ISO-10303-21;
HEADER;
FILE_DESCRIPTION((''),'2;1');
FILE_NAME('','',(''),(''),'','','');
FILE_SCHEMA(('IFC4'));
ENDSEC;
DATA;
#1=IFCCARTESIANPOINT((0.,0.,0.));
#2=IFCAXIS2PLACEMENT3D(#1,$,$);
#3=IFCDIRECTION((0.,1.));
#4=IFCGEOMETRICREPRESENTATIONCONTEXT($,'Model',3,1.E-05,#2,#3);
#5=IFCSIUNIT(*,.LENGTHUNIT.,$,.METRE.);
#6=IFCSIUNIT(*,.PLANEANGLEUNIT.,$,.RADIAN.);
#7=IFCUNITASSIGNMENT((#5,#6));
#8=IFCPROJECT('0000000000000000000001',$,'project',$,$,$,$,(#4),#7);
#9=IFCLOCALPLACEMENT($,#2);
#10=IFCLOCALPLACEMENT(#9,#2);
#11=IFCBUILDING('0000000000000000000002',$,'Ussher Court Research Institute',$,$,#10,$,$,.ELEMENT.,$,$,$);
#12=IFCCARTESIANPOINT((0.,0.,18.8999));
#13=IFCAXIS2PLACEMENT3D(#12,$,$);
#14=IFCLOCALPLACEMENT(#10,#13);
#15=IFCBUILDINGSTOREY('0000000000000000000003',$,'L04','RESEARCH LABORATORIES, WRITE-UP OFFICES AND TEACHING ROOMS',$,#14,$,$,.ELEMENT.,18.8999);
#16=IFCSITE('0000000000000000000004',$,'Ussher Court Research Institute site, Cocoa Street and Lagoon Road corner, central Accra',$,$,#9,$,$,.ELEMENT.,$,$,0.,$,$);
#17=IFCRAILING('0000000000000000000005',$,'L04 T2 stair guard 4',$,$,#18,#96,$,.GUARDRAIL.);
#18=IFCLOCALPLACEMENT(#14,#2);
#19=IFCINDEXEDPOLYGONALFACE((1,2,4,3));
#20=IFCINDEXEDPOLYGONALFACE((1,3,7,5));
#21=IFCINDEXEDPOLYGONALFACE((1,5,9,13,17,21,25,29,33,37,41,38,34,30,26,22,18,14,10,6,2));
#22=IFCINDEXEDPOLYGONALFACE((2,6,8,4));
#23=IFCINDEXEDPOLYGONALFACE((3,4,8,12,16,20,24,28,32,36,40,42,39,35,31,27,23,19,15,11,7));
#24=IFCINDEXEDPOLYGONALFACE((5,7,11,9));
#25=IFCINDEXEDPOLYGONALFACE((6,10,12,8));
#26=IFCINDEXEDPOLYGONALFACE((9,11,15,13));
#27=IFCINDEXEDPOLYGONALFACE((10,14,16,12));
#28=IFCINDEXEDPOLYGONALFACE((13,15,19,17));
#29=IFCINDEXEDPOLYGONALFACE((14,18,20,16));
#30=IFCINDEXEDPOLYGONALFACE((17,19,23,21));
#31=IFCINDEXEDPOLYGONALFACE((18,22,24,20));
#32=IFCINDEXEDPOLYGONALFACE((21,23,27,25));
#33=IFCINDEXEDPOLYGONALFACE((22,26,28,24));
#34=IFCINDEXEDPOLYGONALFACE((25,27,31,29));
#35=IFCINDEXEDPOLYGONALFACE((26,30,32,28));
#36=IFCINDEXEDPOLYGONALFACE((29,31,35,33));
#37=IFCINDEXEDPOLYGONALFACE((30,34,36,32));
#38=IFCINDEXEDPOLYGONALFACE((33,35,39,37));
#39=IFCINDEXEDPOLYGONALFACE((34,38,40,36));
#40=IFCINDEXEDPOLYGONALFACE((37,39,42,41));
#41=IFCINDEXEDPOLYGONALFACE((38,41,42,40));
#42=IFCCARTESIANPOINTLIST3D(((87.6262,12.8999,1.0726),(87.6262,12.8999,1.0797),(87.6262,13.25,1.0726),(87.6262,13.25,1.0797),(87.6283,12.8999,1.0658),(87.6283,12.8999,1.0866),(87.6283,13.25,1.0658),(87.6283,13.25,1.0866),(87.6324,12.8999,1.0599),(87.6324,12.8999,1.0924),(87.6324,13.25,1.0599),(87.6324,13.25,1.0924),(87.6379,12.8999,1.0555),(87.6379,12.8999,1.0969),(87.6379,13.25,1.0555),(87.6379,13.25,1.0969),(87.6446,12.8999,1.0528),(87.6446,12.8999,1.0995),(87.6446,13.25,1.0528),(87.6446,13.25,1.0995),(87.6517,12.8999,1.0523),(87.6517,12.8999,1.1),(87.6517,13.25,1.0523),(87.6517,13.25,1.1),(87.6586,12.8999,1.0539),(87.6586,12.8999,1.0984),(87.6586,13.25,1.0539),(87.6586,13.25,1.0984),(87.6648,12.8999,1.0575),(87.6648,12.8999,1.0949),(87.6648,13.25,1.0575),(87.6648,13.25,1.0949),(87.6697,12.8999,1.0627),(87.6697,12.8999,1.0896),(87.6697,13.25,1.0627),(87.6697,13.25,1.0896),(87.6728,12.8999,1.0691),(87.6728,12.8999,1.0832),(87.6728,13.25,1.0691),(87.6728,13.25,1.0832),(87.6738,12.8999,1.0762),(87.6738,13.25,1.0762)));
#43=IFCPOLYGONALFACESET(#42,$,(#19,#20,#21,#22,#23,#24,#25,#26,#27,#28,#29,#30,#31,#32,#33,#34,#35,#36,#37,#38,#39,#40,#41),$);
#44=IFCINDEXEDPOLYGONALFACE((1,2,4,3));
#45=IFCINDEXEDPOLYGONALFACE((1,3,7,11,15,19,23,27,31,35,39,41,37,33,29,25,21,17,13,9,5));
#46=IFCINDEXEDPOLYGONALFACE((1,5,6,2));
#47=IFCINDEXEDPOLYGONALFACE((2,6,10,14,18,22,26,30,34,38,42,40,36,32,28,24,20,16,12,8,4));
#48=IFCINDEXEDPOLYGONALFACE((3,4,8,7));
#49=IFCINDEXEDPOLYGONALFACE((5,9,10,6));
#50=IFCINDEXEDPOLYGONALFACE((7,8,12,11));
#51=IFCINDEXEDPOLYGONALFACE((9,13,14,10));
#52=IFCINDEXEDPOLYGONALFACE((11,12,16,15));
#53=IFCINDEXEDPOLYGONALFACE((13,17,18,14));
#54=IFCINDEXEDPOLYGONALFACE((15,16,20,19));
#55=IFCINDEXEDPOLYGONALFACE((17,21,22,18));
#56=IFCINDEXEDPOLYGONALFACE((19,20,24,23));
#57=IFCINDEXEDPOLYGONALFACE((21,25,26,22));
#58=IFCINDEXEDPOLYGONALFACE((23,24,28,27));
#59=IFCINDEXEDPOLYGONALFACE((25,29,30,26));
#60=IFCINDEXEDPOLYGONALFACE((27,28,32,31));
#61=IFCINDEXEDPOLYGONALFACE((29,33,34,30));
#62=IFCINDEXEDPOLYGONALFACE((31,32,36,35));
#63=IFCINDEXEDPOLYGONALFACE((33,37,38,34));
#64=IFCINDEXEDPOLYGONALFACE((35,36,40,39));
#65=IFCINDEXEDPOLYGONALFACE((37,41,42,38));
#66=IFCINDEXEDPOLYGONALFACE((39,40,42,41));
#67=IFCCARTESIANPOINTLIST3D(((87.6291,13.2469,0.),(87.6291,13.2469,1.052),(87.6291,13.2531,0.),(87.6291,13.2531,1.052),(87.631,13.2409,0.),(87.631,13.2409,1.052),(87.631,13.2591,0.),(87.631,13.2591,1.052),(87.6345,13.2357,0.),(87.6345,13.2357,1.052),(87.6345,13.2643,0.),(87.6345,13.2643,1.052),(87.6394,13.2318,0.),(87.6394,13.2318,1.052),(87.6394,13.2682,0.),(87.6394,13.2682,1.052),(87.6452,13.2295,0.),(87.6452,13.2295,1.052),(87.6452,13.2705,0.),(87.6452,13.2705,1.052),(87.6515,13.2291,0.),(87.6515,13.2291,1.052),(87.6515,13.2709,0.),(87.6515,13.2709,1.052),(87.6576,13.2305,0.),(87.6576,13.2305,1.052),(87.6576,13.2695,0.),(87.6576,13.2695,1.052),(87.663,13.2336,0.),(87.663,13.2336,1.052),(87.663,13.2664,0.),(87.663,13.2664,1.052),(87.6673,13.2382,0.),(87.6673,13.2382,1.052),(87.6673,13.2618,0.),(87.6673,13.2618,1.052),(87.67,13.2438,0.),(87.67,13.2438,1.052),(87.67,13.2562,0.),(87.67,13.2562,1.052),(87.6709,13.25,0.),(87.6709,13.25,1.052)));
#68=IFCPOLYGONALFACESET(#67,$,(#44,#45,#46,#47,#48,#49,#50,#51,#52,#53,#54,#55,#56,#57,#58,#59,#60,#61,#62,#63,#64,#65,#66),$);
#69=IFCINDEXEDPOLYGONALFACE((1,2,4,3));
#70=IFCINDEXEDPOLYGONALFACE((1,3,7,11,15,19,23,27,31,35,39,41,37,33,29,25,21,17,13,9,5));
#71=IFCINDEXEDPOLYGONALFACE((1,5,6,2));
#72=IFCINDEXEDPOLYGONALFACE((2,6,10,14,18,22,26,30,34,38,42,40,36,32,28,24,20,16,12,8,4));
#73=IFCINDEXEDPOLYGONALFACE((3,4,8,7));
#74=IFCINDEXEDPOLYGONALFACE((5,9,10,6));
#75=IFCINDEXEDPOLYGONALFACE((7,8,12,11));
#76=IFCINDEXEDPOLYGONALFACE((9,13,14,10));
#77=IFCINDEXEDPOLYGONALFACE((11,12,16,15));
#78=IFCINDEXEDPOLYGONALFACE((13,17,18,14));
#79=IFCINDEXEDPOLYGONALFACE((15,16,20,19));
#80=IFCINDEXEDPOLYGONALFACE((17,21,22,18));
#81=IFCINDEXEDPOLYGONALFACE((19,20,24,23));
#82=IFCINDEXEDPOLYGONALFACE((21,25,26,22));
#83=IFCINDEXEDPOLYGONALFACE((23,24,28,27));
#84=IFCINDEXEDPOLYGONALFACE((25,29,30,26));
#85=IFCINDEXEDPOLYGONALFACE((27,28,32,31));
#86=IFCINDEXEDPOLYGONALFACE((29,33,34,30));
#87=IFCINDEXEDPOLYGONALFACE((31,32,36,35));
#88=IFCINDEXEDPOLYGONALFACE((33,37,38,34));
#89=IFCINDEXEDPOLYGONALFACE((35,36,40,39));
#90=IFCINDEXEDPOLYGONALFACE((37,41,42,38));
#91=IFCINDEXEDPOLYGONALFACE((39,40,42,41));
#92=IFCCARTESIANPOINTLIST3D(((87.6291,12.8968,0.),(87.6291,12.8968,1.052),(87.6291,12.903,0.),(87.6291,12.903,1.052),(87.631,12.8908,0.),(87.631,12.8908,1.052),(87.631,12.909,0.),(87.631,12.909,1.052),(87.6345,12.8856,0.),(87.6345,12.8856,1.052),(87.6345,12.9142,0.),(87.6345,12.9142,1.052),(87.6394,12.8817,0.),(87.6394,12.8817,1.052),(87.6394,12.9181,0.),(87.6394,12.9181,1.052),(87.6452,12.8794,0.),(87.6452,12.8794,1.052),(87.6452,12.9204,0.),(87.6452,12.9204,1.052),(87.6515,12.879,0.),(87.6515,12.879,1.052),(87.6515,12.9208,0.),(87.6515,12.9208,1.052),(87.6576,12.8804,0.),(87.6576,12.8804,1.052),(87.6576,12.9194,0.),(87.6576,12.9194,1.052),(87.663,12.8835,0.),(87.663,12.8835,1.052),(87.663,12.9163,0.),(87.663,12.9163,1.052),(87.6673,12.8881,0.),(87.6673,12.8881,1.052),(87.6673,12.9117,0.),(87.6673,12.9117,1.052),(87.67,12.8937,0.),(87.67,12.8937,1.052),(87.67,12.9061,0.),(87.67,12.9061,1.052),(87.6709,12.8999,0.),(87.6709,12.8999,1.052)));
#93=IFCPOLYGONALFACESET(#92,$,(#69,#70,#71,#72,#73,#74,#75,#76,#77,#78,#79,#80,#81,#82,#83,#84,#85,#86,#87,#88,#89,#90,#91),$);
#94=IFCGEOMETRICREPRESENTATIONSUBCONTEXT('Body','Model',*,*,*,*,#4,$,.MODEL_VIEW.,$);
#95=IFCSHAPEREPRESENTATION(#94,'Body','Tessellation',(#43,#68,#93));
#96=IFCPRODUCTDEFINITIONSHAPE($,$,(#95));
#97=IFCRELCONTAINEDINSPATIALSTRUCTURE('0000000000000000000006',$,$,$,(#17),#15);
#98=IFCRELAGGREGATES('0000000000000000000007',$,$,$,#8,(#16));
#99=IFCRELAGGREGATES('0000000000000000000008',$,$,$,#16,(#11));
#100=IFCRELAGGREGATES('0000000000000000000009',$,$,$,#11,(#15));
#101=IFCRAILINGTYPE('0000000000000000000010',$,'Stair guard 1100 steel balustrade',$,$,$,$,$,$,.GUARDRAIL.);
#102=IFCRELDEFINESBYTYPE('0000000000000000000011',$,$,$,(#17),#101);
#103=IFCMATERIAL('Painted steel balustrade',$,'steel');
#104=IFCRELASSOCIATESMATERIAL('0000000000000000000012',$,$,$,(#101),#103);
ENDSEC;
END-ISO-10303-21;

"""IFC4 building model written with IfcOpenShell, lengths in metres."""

from ifc_helpers import new_model, si_unit, direction, frame, origin, origin_2d, place, context, subcontext, project, spatial, circle, extrude, material, type_object, element, save


model = new_model("IFC4")

# Units and contexts
model_context = context("Model", 3, precision=1e-05, world=origin(), true_north=direction((0.0, 1.0)))
body_context = subcontext(model_context, "Body", "Model", "MODEL_VIEW")
ifc_project = project(units=[si_unit("LENGTHUNIT", "METRE"), si_unit("PLANEANGLEUNIT", "RADIAN")], contexts=[model_context])

# Site, building, storey
site_placement = place(None, origin())
site = spatial("IfcSite", under=ifc_project, at=site_placement, Name="Ussher Court Research Institute site, Cocoa Street and Lagoon Road corner, central Accra", CompositionType="ELEMENT", RefElevation=0.0)
building_placement = place(site_placement, origin())
building = spatial("IfcBuilding", under=site, at=building_placement, Name="Ussher Court Research Institute", CompositionType="ELEMENT")
storey_placement = place(building_placement, frame((0.0, 0.0, 18.8999)))
storey = spatial("IfcBuildingStorey", under=building, at=storey_placement, Name="L04", Description="RESEARCH LABORATORIES, WRITE-UP OFFICES AND TEACHING ROOMS", CompositionType="ELEMENT", Elevation=18.8999)

# Railing
ifc_material_1 = material(Name="Painted steel balustrade", Category="steel")
railing_type = type_object("IfcRailingType", Name="Stair guard 1100 steel balustrade", PredefinedType="GUARDRAIL", material=ifc_material_1)
railing_1_placement = place(storey_placement, frame((87.6499, 13.25, 0.0)))
element("IfcRailing", 1, at=railing_1_placement, inside=storey, type_object=railing_type, Name="L04 T2 stair guard 4", PredefinedType="GUARDRAIL", context=body_context, shape_type="SweptSolid", body=[
    extrude(circle(Radius=0.0239, at=origin_2d()), frame((0.0, 0.0, 1.0762), z_axis=(0.0, -1.0, 0.0), x_axis=(1.0, 0.0, 0.0)), (0.0, 0.0, 1.0), 0.3501),
    extrude(circle(Radius=0.021, at=origin_2d()), origin(), (0.0, 0.0, 1.0), 1.052),
    extrude(circle(Radius=0.021, at=origin_2d()), frame((0.0, -0.3501, 0.0)), (0.0, 0.0, 1.0), 1.052),
])

save(model, "model.ifc")
